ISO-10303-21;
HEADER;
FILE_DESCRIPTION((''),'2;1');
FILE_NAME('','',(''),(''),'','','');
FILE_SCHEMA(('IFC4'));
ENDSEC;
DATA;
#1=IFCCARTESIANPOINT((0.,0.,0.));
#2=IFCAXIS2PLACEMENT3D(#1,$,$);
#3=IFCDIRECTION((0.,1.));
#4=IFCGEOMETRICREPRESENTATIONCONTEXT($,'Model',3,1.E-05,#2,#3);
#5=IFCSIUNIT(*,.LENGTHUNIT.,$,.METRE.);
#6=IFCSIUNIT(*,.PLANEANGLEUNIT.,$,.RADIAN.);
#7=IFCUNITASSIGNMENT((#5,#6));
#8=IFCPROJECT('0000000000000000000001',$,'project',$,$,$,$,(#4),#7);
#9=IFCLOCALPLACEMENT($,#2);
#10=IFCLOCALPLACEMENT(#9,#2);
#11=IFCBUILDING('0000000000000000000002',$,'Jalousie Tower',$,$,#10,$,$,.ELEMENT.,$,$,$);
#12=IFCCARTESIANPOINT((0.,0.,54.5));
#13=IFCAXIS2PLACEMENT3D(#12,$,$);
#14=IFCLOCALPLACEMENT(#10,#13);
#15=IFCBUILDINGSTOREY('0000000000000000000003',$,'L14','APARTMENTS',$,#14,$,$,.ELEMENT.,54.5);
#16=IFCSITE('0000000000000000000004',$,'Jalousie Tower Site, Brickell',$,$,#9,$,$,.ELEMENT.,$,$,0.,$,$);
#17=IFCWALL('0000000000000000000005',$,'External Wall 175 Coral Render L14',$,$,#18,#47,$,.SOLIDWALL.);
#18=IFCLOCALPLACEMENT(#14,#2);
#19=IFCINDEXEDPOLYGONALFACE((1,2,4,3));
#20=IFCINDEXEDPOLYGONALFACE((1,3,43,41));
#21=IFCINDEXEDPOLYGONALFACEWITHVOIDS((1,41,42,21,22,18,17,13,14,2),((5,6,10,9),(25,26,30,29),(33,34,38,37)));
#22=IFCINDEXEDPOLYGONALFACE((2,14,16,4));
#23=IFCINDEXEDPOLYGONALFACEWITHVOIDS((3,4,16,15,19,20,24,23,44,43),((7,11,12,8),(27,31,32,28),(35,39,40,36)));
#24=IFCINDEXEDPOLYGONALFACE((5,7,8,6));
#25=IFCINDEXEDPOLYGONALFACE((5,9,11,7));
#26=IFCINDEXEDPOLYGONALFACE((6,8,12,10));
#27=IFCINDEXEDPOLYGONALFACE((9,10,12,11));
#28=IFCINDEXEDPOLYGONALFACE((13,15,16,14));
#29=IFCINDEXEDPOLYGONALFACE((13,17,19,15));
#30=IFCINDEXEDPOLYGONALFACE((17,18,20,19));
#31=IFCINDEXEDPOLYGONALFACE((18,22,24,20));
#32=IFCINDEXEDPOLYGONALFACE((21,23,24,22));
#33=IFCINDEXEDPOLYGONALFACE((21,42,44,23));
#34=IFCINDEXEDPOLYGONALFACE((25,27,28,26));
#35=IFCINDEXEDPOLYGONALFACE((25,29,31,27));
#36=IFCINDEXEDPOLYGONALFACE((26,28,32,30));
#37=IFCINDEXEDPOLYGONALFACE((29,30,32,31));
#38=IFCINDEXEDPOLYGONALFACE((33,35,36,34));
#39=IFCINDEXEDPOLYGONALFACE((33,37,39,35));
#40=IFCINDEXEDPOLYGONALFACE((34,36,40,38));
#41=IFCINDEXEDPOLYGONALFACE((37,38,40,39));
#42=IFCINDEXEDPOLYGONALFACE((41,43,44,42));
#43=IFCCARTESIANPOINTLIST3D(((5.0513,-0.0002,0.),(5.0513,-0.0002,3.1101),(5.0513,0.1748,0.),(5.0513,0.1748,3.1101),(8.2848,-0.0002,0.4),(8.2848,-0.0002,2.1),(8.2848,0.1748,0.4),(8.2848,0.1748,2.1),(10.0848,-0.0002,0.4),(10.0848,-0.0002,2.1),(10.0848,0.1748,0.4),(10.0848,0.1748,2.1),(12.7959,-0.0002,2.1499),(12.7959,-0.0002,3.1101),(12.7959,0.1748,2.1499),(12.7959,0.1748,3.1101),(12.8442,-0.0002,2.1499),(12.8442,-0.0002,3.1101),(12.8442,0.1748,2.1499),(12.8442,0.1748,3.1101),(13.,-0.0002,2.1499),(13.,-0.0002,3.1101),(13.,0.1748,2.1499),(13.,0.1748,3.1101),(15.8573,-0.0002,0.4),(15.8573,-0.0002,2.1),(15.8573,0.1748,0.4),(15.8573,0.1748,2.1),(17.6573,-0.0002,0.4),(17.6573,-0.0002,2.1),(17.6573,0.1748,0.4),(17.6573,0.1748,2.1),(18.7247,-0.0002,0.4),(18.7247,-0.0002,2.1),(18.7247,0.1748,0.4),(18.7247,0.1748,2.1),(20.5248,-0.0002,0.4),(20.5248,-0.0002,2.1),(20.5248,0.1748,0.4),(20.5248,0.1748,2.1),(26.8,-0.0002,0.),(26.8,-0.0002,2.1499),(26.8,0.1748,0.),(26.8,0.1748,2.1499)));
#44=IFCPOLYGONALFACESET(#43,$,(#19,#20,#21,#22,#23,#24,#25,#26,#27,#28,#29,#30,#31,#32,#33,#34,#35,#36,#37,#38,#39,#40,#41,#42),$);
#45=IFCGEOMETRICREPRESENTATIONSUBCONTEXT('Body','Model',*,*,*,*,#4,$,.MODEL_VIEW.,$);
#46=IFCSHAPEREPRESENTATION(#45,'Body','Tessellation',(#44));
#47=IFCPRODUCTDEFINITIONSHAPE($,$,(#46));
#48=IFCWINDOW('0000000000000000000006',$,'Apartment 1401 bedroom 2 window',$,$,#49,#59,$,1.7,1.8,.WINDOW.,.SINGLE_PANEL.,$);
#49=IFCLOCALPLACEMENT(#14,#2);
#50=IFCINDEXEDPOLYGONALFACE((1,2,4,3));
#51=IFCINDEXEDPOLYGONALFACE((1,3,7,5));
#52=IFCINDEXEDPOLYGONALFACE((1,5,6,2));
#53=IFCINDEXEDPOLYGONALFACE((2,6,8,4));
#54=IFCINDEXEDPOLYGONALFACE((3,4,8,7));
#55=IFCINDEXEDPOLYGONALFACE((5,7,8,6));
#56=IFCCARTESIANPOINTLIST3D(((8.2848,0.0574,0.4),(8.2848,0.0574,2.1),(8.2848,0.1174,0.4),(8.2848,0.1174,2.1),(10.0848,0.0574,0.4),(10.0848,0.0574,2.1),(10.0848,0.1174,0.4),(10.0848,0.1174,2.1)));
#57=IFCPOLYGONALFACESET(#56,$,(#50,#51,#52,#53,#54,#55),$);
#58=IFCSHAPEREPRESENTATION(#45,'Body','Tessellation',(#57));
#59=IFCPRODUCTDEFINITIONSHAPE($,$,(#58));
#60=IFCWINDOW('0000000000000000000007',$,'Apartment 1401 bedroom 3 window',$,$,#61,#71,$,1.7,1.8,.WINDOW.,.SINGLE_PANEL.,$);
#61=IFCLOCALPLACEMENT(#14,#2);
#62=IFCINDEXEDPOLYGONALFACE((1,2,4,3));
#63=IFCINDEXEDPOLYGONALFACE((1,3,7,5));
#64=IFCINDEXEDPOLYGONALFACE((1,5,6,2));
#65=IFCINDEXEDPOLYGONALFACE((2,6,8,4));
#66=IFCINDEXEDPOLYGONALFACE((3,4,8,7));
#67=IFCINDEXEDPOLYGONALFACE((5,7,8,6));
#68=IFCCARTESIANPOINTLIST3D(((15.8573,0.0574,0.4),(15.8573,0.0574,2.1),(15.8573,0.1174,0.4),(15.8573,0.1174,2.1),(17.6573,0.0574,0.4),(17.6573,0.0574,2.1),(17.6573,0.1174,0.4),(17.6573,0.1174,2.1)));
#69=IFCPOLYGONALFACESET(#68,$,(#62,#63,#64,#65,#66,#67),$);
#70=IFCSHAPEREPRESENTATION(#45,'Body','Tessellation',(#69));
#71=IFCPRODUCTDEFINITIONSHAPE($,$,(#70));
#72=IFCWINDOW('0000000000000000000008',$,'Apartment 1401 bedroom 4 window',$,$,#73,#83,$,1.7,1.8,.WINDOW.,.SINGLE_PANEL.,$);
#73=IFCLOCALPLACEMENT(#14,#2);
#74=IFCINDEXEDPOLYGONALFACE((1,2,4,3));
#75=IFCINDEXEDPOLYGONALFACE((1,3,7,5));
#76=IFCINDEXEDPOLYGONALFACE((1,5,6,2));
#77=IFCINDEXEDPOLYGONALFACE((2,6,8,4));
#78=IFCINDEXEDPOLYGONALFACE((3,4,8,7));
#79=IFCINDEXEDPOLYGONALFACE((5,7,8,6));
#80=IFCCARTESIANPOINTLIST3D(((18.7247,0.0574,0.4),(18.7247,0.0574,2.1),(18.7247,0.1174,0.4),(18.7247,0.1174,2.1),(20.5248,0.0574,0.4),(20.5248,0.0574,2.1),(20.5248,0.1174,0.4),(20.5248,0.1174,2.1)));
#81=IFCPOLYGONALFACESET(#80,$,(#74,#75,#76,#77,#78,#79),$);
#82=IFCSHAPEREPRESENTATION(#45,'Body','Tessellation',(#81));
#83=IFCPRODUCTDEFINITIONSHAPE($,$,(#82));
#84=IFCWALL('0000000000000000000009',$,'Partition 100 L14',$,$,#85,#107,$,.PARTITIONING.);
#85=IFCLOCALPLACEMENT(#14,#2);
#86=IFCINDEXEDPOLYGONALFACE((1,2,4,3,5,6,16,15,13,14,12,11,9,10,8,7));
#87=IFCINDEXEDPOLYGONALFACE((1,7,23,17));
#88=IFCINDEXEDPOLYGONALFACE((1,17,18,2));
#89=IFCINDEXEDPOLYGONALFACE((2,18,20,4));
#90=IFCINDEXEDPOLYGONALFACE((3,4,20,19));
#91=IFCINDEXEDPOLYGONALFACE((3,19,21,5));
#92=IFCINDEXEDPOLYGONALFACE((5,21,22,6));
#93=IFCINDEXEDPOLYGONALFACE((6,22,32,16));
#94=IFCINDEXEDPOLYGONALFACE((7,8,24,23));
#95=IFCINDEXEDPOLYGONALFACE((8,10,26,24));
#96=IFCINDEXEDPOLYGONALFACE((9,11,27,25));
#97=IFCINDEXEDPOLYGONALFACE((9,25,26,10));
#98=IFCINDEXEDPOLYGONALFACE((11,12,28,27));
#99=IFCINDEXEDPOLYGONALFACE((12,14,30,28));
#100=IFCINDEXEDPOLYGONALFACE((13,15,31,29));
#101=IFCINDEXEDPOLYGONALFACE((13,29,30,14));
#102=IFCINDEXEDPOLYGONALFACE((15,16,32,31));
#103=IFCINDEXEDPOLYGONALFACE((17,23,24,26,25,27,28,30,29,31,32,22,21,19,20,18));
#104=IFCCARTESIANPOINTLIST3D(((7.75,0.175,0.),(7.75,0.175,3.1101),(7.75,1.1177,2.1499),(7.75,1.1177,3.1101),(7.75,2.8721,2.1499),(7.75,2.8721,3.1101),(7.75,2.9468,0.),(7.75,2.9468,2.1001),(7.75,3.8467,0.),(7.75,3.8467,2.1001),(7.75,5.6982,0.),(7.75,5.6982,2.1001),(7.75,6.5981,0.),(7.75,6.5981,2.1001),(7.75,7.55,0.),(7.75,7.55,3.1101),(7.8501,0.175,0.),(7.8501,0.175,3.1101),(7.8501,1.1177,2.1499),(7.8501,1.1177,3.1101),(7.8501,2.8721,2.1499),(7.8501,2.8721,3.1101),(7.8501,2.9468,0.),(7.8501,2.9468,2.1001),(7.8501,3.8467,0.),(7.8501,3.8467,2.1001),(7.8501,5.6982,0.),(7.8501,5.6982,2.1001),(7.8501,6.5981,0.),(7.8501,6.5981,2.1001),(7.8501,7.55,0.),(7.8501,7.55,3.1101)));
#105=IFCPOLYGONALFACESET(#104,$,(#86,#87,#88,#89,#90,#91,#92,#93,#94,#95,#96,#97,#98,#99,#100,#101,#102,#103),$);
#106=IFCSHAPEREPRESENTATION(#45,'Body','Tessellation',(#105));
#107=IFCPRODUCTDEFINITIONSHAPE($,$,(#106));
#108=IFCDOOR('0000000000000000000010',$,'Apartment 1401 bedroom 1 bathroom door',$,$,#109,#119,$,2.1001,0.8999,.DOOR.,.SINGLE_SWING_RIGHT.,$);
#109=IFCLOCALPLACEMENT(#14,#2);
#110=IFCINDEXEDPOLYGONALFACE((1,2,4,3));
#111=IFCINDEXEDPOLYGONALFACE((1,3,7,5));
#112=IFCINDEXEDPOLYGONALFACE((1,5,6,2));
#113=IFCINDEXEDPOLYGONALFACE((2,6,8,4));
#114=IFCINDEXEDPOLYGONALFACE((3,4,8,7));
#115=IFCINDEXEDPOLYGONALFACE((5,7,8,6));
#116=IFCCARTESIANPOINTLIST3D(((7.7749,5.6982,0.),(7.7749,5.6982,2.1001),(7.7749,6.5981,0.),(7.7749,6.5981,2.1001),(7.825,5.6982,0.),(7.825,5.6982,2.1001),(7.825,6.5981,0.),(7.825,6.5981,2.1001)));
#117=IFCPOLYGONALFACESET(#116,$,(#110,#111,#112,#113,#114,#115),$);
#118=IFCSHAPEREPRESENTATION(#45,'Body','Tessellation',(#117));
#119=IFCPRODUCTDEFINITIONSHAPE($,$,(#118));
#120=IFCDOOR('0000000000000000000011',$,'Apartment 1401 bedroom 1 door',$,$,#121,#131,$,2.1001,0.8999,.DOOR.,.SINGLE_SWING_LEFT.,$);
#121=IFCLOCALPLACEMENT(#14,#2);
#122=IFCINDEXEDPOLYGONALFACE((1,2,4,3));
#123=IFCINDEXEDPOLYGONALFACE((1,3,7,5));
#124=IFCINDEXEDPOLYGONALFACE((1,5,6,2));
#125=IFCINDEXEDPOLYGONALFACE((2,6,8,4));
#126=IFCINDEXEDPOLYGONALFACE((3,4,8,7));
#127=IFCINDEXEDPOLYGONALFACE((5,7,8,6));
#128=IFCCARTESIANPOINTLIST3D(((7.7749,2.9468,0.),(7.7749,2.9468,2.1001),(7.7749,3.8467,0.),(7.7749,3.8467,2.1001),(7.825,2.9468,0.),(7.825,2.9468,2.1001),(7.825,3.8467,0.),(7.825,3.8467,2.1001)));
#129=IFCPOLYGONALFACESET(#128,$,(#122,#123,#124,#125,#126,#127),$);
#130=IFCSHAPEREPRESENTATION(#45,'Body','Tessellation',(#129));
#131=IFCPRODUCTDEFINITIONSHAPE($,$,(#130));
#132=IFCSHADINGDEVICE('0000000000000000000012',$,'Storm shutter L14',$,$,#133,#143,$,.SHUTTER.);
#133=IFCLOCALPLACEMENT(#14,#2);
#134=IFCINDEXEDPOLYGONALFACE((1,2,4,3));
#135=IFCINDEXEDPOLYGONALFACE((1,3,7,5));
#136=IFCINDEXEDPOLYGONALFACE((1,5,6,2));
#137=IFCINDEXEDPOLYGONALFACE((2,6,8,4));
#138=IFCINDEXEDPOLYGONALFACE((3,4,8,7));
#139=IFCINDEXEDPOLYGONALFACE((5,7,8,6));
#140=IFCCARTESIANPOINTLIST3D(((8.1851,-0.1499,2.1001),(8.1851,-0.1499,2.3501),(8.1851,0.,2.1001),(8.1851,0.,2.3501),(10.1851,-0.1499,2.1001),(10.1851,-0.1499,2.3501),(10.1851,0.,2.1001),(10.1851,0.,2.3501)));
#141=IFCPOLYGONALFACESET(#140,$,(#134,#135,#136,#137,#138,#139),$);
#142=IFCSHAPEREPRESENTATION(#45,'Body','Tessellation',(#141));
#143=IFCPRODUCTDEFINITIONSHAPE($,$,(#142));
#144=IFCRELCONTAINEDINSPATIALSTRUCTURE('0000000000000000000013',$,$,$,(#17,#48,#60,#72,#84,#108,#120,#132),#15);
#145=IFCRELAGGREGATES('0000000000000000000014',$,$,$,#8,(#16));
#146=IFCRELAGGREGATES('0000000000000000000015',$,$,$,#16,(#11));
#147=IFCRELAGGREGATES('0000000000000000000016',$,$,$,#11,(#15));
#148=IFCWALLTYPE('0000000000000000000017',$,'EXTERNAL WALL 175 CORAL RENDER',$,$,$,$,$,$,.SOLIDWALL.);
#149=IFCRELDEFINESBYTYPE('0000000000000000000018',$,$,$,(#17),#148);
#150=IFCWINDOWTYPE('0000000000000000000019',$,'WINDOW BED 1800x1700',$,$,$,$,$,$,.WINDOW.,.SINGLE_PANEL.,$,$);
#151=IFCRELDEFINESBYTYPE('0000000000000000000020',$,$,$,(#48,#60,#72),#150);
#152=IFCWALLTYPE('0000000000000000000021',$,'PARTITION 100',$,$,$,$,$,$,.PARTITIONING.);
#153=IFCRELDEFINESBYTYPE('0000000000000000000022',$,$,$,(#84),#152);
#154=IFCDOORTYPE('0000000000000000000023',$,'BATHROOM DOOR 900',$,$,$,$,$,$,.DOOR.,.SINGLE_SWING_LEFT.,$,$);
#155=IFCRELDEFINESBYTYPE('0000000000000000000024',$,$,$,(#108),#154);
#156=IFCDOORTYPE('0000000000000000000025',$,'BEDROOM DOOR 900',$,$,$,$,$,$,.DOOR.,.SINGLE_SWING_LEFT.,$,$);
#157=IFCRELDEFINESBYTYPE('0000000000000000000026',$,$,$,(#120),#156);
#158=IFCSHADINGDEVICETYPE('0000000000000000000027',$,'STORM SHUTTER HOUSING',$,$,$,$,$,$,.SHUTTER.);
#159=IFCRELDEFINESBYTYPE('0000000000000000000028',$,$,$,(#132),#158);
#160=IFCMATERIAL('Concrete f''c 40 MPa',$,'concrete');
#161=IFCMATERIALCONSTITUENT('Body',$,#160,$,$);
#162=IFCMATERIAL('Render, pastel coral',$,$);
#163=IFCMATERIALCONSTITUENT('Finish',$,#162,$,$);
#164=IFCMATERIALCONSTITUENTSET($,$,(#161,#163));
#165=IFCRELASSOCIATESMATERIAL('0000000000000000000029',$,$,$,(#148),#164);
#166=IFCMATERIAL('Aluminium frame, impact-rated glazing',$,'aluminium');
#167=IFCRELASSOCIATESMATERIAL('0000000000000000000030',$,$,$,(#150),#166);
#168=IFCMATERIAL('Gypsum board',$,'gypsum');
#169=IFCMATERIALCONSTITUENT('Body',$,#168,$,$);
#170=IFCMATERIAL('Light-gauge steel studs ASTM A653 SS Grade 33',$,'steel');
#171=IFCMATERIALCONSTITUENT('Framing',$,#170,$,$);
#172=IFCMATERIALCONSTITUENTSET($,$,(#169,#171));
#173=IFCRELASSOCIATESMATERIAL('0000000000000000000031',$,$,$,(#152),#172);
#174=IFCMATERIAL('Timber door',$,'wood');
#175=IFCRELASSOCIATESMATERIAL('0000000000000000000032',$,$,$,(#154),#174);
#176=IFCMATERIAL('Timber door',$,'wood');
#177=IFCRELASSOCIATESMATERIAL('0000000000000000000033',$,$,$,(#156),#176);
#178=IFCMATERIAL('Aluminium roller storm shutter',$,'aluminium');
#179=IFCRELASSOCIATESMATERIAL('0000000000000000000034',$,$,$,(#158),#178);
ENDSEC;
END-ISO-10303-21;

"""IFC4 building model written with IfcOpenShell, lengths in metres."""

from ifc_helpers import new_model, si_unit, direction, frame, frame_2d, origin, origin_2d, place, context, subcontext, project, spatial, polyline, rectangle, outline, extrude, material, constituent, constituent_set, type_object, element, fill, save


model = new_model("IFC4")

# Units and contexts
model_context = context("Model", 3, precision=1e-05, world=origin(), true_north=direction((0.0, 1.0)))
body_context = subcontext(model_context, "Body", "Model", "MODEL_VIEW")
ifc_project = project(units=[si_unit("LENGTHUNIT", "METRE"), si_unit("PLANEANGLEUNIT", "RADIAN")], contexts=[model_context])

# Site, building, storey
site_placement = place(None, origin())
site = spatial("IfcSite", under=ifc_project, at=site_placement, Name="Jalousie Tower Site, Brickell", CompositionType="ELEMENT", RefElevation=0.0)
building_placement = place(site_placement, origin())
building = spatial("IfcBuilding", under=site, at=building_placement, Name="Jalousie Tower", CompositionType="ELEMENT")
storey_placement = place(building_placement, frame((0.0, 0.0, 54.5)))
storey = spatial("IfcBuildingStorey", under=building, at=storey_placement, Name="L14", Description="APARTMENTS", CompositionType="ELEMENT", Elevation=54.5)

# Wall, openings, windows
ifc_material_1 = material(Name="Concrete f'c 40 MPa", Category="concrete")
ifc_constituent_1 = constituent(ifc_material_1, Name="Body")
ifc_material_2 = material(Name="Render, pastel coral")
ifc_constituent_2 = constituent(ifc_material_2, Name="Finish")
ifc_constituent_set_1 = constituent_set(constituents=[ifc_constituent_1, ifc_constituent_2])
wall_type_1 = type_object("IfcWallType", Name="EXTERNAL WALL 175 CORAL RENDER", PredefinedType="SOLIDWALL", material=ifc_constituent_set_1)
wall_1_placement = place(storey_placement, frame((5.0513, 0.0874, 0.0), z_axis=(0.0, 0.0, 1.0), x_axis=(1.0, 0.0, 0.0)))
wall_1 = element("IfcWall", 1, at=wall_1_placement, inside=storey, type_object=wall_type_1, Name="External Wall 175 Coral Render L14", PredefinedType="SOLIDWALL", context=body_context, shape_type="SweptSolid", body=[
    extrude(outline(polyline([(0.0, 0.0), (21.7488, 0.0), (21.7488, 2.1499), (7.9487, 2.1499), (7.9487, 3.1101), (7.793, 3.1101), (7.793, 2.1499), (7.7446, 2.1499), (7.7446, 3.1101), (0.0, 3.1101), (0.0, 0.0)])), frame((0.0, 0.0874, 0.0), z_axis=(0.0, -1.0, 0.0), x_axis=(1.0, 0.0, 0.0)), (0.0, 0.0, 1.0), 0.175),
])
opening_1_placement = place(wall_1_placement, frame((3.2336, 0.0, 0.3999)))
opening_1 = element("IfcOpeningElement", 2, at=opening_1_placement, cuts=wall_1, PredefinedType="OPENING", context=body_context, shape_type="SweptSolid", body=[
    extrude(rectangle(XDim=1.8, YDim=1.7, at=frame_2d((0.8999, 0.8501))), frame((0.0, 0.0974, 0.0), z_axis=(0.0, -1.0, 0.0), x_axis=(1.0, 0.0, 0.0)), (0.0, 0.0, 1.0), 0.1951),
])
opening_2_placement = place(wall_1_placement, frame((10.8062, 0.0, 0.3999)))
opening_2 = element("IfcOpeningElement", 3, at=opening_2_placement, cuts=wall_1, PredefinedType="OPENING", context=body_context, shape_type="SweptSolid", body=[
    extrude(rectangle(XDim=1.8, YDim=1.7, at=frame_2d((0.8999, 0.8501))), frame((0.0, 0.0974, 0.0), z_axis=(0.0, -1.0, 0.0), x_axis=(1.0, 0.0, 0.0)), (0.0, 0.0, 1.0), 0.1951),
])
opening_3_placement = place(wall_1_placement, frame((13.6736, 0.0, 0.3999)))
opening_3 = element("IfcOpeningElement", 4, at=opening_3_placement, cuts=wall_1, PredefinedType="OPENING", context=body_context, shape_type="SweptSolid", body=[
    extrude(rectangle(XDim=1.8, YDim=1.7, at=frame_2d((0.8999, 0.8501))), frame((0.0, 0.0974, 0.0), z_axis=(0.0, -1.0, 0.0), x_axis=(1.0, 0.0, 0.0)), (0.0, 0.0, 1.0), 0.1951),
])
ifc_material_3 = material(Name="Aluminium frame, impact-rated glazing", Category="aluminium")
window_type = type_object("IfcWindowType", Name="WINDOW BED 1800x1700", PartitioningType="SINGLE_PANEL", PredefinedType="WINDOW", material=ifc_material_3)
window_1_placement = place(opening_1_placement, origin())
window_1 = element("IfcWindow", 5, at=window_1_placement, inside=storey, type_object=window_type, Name="Apartment 1401 bedroom 2 window", OverallHeight=1.7, OverallWidth=1.8, PartitioningType="SINGLE_PANEL", PredefinedType="WINDOW", context=body_context, shape_type="SweptSolid", body=[
    extrude(rectangle(XDim=1.8, YDim=1.7, at=frame_2d((0.8999, 0.8501))), frame((0.0, 0.03, 0.0), z_axis=(0.0, -1.0, 0.0), x_axis=(1.0, 0.0, 0.0)), (0.0, 0.0, 1.0), 0.0601),
])
fill(opening_1, window_1)
window_2_placement = place(opening_2_placement, origin())
window_2 = element("IfcWindow", 6, at=window_2_placement, inside=storey, type_object=window_type, Name="Apartment 1401 bedroom 3 window", OverallHeight=1.7, OverallWidth=1.8, PartitioningType="SINGLE_PANEL", PredefinedType="WINDOW", context=body_context, shape_type="SweptSolid", body=[
    extrude(rectangle(XDim=1.8, YDim=1.7, at=frame_2d((0.8999, 0.8501))), frame((0.0, 0.03, 0.0), z_axis=(0.0, -1.0, 0.0), x_axis=(1.0, 0.0, 0.0)), (0.0, 0.0, 1.0), 0.0601),
])
fill(opening_2, window_2)
window_3_placement = place(opening_3_placement, origin())
window_3 = element("IfcWindow", 7, at=window_3_placement, inside=storey, type_object=window_type, Name="Apartment 1401 bedroom 4 window", OverallHeight=1.7, OverallWidth=1.8, PartitioningType="SINGLE_PANEL", PredefinedType="WINDOW", context=body_context, shape_type="SweptSolid", body=[
    extrude(rectangle(XDim=1.8, YDim=1.7, at=frame_2d((0.8999, 0.8501))), frame((0.0, 0.03, 0.0), z_axis=(0.0, -1.0, 0.0), x_axis=(1.0, 0.0, 0.0)), (0.0, 0.0, 1.0), 0.0601),
])
fill(opening_3, window_3)

# Wall, openings, doors
ifc_material_4 = material(Name="Gypsum board", Category="gypsum")
ifc_constituent_3 = constituent(ifc_material_4, Name="Body")
ifc_material_5 = material(Name="Light-gauge steel studs ASTM A653 SS Grade 33", Category="steel")
ifc_constituent_4 = constituent(ifc_material_5, Name="Framing")
ifc_constituent_set_2 = constituent_set(constituents=[ifc_constituent_3, ifc_constituent_4])
wall_type_2 = type_object("IfcWallType", Name="PARTITION 100", PredefinedType="PARTITIONING", material=ifc_constituent_set_2)
wall_2_placement = place(storey_placement, frame((7.8, 0.175, 0.0), z_axis=(0.0, 0.0, 1.0), x_axis=(0.0, 1.0, 0.0)))
wall_2 = element("IfcWall", 8, at=wall_2_placement, inside=storey, type_object=wall_type_2, Name="Partition 100 L14", PredefinedType="PARTITIONING", context=body_context, shape_type="SweptSolid", body=[
    extrude(outline(polyline([(0.0, 0.0), (7.375, 0.0), (7.375, 3.1101), (2.697, 3.1101), (2.697, 2.1499), (0.9426, 2.1499), (0.9426, 3.1101), (0.0, 3.1101), (0.0, 0.0)])), frame((0.0, 0.05, 0.0), z_axis=(0.0, -1.0, 0.0), x_axis=(1.0, 0.0, 0.0)), (0.0, 0.0, 1.0), 0.1001),
])
opening_4_placement = place(wall_2_placement, frame((2.7717, 0.0, 0.0)))
opening_4 = element("IfcOpeningElement", 9, at=opening_4_placement, cuts=wall_2, PredefinedType="OPENING", context=body_context, shape_type="SweptSolid", body=[
    extrude(rectangle(XDim=0.8999, YDim=2.1001, at=frame_2d((0.45, 1.05))), frame((0.0, 0.0601, 0.0), z_axis=(0.0, -1.0, 0.0), x_axis=(1.0, 0.0, 0.0)), (0.0, 0.0, 1.0), 0.1201),
])
opening_5_placement = place(wall_2_placement, frame((5.5232, 0.0, 0.0)))
opening_5 = element("IfcOpeningElement", 10, at=opening_5_placement, cuts=wall_2, PredefinedType="OPENING", context=body_context, shape_type="SweptSolid", body=[
    extrude(rectangle(XDim=0.8999, YDim=2.1001, at=frame_2d((0.45, 1.05))), frame((0.0, 0.0601, 0.0), z_axis=(0.0, -1.0, 0.0), x_axis=(1.0, 0.0, 0.0)), (0.0, 0.0, 1.0), 0.1201),
])
ifc_material_6 = material(Name="Timber door", Category="wood")
door_type_1 = type_object("IfcDoorType", Name="BATHROOM DOOR 900", OperationType="SINGLE_SWING_LEFT", PredefinedType="DOOR", material=ifc_material_6)
door_1_placement = place(opening_5_placement, frame((0.8999, 0.0, 0.0), z_axis=(0.0, 0.0, 1.0), x_axis=(-1.0, 0.0, 0.0)))
door_1 = element("IfcDoor", 11, at=door_1_placement, inside=storey, type_object=door_type_1, Name="Apartment 1401 bedroom 1 bathroom door", OperationType="SINGLE_SWING_RIGHT", OverallHeight=2.1001, OverallWidth=0.8999, PredefinedType="DOOR", context=body_context, shape_type="SweptSolid", body=[
    extrude(rectangle(XDim=0.8999, YDim=2.1001, at=frame_2d((0.45, 1.05))), frame((0.0, 0.0249, 0.0), z_axis=(0.0, -1.0, 0.0), x_axis=(1.0, 0.0, 0.0)), (0.0, 0.0, 1.0), 0.05),
])
fill(opening_5, door_1)
ifc_material_7 = material(Name="Timber door", Category="wood")
door_type_2 = type_object("IfcDoorType", Name="BEDROOM DOOR 900", OperationType="SINGLE_SWING_LEFT", PredefinedType="DOOR", material=ifc_material_7)
door_2_placement = place(opening_4_placement, frame((0.8999, 0.0, 0.0), z_axis=(0.0, 0.0, 1.0), x_axis=(-1.0, 0.0, 0.0)))
door_2 = element("IfcDoor", 12, at=door_2_placement, inside=storey, type_object=door_type_2, Name="Apartment 1401 bedroom 1 door", OperationType="SINGLE_SWING_LEFT", OverallHeight=2.1001, OverallWidth=0.8999, PredefinedType="DOOR", context=body_context, shape_type="SweptSolid", body=[
    extrude(rectangle(XDim=0.8999, YDim=2.1001, at=frame_2d((0.45, 1.05))), frame((0.0, 0.0249, 0.0), z_axis=(0.0, -1.0, 0.0), x_axis=(1.0, 0.0, 0.0)), (0.0, 0.0, 1.0), 0.05),
])
fill(opening_4, door_2)

# Shading device
ifc_material_8 = material(Name="Aluminium roller storm shutter", Category="aluminium")
shading_device_type = type_object("IfcShadingDeviceType", Name="STORM SHUTTER HOUSING", PredefinedType="SHUTTER", material=ifc_material_8)
shading_device_placement = place(storey_placement, frame((9.1851, -0.075, 2.1001), z_axis=(0.0, 0.0, 1.0), x_axis=(1.0, 0.0, 0.0)))
element("IfcShadingDevice", 13, at=shading_device_placement, inside=storey, type_object=shading_device_type, Name="Storm shutter L14", PredefinedType="SHUTTER", context=body_context, shape_type="SweptSolid", body=[
    extrude(rectangle(XDim=2.0, YDim=0.1499, at=origin_2d()), origin(), (0.0, 0.0, 1.0), 0.25),
])

save(model, "model.ifc")
